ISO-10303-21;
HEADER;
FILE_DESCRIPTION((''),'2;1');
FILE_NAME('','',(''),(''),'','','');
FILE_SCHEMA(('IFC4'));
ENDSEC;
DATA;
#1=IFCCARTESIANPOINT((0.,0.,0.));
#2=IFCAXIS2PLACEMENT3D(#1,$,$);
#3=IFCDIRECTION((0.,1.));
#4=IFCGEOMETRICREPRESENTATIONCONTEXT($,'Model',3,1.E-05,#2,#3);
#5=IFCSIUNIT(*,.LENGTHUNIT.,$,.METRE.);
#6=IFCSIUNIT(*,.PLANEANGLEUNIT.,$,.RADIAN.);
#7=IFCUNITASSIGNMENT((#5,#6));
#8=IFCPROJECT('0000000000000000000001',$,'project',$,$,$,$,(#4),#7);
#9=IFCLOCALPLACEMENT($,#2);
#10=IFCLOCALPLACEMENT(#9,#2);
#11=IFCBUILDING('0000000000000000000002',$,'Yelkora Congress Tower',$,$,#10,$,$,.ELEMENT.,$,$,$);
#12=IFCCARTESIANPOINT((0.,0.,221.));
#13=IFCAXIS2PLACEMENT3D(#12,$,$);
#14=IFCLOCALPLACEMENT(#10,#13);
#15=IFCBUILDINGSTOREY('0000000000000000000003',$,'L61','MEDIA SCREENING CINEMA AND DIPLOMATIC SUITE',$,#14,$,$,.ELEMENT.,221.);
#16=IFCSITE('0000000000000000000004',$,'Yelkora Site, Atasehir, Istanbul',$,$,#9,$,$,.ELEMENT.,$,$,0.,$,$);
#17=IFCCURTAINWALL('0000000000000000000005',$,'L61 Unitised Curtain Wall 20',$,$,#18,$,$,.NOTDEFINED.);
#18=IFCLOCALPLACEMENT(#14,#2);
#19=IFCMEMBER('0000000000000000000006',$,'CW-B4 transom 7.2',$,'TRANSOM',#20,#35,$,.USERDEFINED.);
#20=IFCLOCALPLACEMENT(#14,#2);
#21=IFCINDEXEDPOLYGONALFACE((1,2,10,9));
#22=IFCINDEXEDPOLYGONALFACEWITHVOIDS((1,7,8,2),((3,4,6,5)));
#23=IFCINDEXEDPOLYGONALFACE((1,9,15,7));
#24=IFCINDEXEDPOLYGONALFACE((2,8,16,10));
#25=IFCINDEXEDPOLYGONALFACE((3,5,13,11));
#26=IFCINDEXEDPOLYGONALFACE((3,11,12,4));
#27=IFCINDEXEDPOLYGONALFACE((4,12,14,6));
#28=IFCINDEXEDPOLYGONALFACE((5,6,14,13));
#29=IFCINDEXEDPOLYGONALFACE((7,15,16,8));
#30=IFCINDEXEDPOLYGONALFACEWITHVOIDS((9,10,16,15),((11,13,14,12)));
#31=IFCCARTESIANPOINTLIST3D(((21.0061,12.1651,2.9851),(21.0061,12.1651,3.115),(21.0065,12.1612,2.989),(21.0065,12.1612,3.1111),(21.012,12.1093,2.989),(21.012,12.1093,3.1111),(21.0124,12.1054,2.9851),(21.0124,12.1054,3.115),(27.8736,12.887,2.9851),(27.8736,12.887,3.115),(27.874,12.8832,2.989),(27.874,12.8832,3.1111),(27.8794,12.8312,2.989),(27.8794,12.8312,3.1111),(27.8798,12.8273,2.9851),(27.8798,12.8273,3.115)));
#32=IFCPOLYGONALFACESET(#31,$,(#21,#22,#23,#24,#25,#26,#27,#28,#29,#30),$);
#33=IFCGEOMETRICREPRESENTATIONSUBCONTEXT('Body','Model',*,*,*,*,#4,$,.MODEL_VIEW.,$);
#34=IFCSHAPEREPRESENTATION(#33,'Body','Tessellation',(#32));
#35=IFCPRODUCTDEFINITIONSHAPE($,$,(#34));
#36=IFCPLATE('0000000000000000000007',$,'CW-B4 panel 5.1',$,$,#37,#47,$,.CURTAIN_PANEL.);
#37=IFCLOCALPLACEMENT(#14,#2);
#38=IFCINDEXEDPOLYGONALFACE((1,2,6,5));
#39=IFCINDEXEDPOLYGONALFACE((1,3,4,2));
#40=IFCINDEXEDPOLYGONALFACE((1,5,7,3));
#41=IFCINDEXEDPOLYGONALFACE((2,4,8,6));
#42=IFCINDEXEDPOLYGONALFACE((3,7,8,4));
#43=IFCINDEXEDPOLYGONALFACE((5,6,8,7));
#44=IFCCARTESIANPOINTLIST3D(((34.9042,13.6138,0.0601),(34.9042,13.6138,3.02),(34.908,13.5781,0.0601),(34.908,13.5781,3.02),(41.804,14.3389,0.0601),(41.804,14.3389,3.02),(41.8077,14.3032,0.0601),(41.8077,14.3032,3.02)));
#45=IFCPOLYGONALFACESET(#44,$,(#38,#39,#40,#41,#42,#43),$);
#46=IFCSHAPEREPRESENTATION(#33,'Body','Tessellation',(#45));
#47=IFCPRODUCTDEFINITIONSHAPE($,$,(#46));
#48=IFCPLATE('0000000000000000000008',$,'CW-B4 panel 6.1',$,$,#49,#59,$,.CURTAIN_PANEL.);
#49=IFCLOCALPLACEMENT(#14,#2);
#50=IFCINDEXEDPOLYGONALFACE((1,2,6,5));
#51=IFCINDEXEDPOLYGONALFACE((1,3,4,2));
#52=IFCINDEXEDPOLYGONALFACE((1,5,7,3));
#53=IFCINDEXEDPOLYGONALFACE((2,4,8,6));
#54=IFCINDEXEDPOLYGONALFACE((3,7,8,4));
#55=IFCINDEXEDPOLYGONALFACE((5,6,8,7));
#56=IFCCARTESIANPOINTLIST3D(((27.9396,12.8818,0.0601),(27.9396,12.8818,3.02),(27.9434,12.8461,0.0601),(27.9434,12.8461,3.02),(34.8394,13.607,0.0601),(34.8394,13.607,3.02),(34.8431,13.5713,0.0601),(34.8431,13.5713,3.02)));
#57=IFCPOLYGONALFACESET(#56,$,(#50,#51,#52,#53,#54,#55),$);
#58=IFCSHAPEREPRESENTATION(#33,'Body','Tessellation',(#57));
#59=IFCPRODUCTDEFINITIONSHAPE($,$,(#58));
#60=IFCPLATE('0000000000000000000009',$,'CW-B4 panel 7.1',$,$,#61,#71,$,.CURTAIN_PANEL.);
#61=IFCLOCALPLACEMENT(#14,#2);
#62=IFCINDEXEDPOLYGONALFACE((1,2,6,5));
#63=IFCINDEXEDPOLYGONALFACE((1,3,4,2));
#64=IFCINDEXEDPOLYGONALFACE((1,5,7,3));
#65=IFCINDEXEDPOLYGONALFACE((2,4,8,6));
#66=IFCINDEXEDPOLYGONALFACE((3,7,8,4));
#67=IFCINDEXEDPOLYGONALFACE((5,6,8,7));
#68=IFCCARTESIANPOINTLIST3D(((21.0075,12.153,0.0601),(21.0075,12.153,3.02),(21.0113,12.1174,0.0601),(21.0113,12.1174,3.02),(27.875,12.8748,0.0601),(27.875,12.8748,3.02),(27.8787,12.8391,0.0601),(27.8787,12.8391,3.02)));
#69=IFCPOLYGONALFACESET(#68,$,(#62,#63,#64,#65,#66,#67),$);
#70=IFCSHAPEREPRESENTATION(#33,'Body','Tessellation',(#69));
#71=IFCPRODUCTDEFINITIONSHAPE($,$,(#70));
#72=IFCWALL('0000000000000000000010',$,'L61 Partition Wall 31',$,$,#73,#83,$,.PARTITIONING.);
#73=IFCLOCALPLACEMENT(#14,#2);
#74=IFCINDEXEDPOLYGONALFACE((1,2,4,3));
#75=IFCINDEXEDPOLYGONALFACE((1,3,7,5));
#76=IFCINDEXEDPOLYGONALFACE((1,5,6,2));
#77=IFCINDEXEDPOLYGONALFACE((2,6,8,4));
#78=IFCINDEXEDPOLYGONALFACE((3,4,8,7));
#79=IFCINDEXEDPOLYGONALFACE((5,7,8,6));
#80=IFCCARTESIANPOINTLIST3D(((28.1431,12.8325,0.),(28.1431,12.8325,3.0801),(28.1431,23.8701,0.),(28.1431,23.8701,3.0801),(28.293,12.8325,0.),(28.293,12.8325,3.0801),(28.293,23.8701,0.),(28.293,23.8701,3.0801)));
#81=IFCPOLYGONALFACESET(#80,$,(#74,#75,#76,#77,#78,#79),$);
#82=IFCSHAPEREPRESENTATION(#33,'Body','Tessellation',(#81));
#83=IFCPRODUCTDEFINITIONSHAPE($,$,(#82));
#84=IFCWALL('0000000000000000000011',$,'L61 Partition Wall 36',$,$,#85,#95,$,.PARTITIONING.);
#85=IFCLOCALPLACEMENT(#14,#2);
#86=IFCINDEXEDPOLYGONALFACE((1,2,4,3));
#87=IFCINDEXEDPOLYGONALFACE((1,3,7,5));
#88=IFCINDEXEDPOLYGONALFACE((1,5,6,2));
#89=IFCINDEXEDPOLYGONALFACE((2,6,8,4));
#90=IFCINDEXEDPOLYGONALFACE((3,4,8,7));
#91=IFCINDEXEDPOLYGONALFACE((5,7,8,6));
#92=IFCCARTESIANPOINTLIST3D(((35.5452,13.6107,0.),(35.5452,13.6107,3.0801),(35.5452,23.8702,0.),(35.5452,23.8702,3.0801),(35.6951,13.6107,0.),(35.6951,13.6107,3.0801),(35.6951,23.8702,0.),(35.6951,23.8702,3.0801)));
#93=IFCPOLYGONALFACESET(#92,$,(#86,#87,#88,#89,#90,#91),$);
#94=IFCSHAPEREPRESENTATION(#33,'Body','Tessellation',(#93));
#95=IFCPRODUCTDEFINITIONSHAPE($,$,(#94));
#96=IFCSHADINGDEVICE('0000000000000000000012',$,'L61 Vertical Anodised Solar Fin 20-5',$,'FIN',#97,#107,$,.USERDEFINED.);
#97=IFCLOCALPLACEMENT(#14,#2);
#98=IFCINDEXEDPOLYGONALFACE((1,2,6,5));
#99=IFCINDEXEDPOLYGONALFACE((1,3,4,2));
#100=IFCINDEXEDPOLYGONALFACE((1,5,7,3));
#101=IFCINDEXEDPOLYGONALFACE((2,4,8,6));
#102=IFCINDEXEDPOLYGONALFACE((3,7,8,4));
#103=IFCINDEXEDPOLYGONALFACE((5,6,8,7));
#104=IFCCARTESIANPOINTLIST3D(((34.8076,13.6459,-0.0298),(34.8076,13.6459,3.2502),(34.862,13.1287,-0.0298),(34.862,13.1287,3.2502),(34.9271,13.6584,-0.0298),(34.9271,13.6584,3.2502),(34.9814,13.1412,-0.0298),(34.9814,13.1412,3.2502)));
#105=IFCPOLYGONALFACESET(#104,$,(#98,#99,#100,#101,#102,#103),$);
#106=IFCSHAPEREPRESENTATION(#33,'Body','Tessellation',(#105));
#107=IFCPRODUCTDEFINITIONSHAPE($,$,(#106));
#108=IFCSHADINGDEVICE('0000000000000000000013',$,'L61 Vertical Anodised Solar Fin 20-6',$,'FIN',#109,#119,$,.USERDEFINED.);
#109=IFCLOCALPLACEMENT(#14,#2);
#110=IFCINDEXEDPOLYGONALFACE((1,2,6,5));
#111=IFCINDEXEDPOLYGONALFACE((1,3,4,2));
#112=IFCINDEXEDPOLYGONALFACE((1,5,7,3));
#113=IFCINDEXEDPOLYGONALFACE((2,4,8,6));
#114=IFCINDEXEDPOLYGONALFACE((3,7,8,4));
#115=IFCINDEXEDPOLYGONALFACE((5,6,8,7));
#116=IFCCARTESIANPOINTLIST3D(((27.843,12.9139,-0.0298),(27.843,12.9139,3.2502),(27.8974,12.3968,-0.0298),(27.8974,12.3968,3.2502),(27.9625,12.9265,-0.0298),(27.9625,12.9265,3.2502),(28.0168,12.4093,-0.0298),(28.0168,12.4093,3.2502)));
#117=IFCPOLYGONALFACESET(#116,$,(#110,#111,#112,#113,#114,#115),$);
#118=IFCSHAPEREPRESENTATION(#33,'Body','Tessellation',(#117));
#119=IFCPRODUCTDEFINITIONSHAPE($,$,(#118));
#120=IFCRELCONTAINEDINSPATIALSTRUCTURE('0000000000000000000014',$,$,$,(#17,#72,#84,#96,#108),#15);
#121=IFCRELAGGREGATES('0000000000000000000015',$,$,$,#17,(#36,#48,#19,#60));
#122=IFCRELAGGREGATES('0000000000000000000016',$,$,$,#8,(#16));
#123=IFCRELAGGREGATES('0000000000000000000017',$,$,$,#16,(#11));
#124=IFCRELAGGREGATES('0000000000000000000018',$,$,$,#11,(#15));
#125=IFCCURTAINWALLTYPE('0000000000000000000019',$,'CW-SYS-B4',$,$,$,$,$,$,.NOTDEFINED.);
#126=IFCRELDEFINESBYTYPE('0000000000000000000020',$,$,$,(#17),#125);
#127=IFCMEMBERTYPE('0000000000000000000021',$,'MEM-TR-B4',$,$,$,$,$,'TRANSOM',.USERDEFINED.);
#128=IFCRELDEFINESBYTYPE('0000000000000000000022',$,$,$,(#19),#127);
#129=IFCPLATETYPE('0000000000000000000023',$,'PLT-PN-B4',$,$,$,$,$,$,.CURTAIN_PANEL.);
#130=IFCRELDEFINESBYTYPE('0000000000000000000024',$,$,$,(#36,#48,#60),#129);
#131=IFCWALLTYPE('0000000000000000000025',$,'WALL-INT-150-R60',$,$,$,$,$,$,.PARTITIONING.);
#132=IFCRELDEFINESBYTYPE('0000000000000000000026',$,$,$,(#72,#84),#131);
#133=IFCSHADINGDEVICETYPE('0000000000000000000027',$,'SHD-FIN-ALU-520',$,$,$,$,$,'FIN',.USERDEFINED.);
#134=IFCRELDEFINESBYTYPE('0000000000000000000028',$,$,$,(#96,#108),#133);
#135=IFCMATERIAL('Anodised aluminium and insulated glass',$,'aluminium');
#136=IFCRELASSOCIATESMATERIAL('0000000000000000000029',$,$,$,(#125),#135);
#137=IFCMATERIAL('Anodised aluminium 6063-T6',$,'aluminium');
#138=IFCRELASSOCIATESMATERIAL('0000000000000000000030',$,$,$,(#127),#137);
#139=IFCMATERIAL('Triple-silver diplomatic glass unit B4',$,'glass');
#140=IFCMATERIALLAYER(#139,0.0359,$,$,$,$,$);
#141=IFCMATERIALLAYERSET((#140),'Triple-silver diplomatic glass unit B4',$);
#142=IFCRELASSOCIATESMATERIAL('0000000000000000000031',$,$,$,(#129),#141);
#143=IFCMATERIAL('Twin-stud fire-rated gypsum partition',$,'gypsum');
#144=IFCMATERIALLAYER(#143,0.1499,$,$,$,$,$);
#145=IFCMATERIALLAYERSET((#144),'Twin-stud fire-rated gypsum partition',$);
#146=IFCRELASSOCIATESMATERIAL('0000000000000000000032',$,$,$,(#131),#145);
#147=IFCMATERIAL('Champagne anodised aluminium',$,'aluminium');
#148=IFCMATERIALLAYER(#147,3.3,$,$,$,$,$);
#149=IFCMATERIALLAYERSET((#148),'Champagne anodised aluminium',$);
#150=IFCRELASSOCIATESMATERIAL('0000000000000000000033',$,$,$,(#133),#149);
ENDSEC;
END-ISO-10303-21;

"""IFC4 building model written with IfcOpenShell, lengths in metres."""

from ifc_helpers import new_model, si_unit, direction, frame, frame_2d, origin, origin_2d, place, context, subcontext, project, spatial, rectangle, hollow_rectangle, extrude, material, layer, layer_set, material_profile, profile_set, type_object, element, aggregate, save


model = new_model("IFC4")

# Units and contexts
model_context = context("Model", 3, precision=1e-05, world=origin(), true_north=direction((0.0, 1.0)))
body_context = subcontext(model_context, "Body", "Model", "MODEL_VIEW")
ifc_project = project(units=[si_unit("LENGTHUNIT", "METRE"), si_unit("PLANEANGLEUNIT", "RADIAN")], contexts=[model_context])

# Site, building, storey
site_placement = place(None, origin())
site = spatial("IfcSite", under=ifc_project, at=site_placement, Name="Yelkora Site, Atasehir, Istanbul", CompositionType="ELEMENT", RefElevation=0.0)
building_placement = place(site_placement, origin())
building = spatial("IfcBuilding", under=site, at=building_placement, Name="Yelkora Congress Tower", CompositionType="ELEMENT")
storey_placement = place(building_placement, frame((0.0, 0.0, 221.0)))
storey = spatial("IfcBuildingStorey", under=building, at=storey_placement, Name="L61", Description="MEDIA SCREENING CINEMA AND DIPLOMATIC SUITE", CompositionType="ELEMENT", Elevation=221.0)

# Curtain wall, member, plates
ifc_material_1 = material(Name="Anodised aluminium and insulated glass", Category="aluminium")
curtain_wall_type = type_object("IfcCurtainWallType", Name="CW-SYS-B4", PredefinedType="NOTDEFINED", material=ifc_material_1)
curtain_wall_placement = place(storey_placement, origin())
curtain_wall = element("IfcCurtainWall", 1, at=curtain_wall_placement, inside=storey, type_object=curtain_wall_type, Name="L61 Unitised Curtain Wall 20", PredefinedType="NOTDEFINED")
ifc_material_2 = material(Name="Anodised aluminium 6063-T6", Category="aluminium")
ifc_material_profile_1 = material_profile(ifc_material_2, hollow_rectangle(XDim=0.0601, YDim=0.1299, WallThickness=0.0039, at=origin_2d()), Name="ALU 60x130x4")
ifc_profile_set_1 = profile_set([ifc_material_profile_1], Name="Anodised aluminium 6063-T6")
member_type_1 = type_object("IfcMemberType", Name="MEM-TR-B4", ElementType="TRANSOM", PredefinedType="USERDEFINED", material=ifc_profile_set_1)
member_1_placement = place(storey_placement, frame((27.8767, 12.8572, 3.05), z_axis=(-0.99452, -0.104547, 0.0), x_axis=(0.104547, -0.99452, 0.0)))
member_1 = element("IfcMember", 2, at=member_1_placement, type_object=member_type_1, Name="CW-B4 transom 7.2", ObjectType="TRANSOM", PredefinedType="USERDEFINED", context=body_context, shape_type="SweptSolid", body=[
    extrude(hollow_rectangle(XDim=0.0601, YDim=0.1299, WallThickness=0.0039, at=origin_2d()), origin(), (0.0, 0.0, 1.0), 6.9053),
])
ifc_material_3 = material(Name="Triple-silver diplomatic glass unit B4", Category="glass")
ifc_layer_1 = layer(ifc_material_3, 0.0359)
ifc_layer_set_1 = layer_set([ifc_layer_1], Name="Triple-silver diplomatic glass unit B4")
plate_type = type_object("IfcPlateType", Name="PLT-PN-B4", PredefinedType="CURTAIN_PANEL", material=ifc_layer_set_1)
plate_1_placement = place(storey_placement, frame((38.356, 13.9585, 0.0601), z_axis=(0.0, 0.0, 1.0), x_axis=(-0.994522, -0.104527, 0.0)))
plate_1 = element("IfcPlate", 3, at=plate_1_placement, type_object=plate_type, Name="CW-B4 panel 5.1", PredefinedType="CURTAIN_PANEL", context=body_context, shape_type="SweptSolid", body=[
    extrude(rectangle(XDim=6.9377, YDim=0.0359, at=origin_2d()), origin(), (0.0, 0.0, 1.0), 2.96),
])
plate_2_placement = place(storey_placement, frame((31.3914, 13.2266, 0.0601), z_axis=(0.0, 0.0, 1.0), x_axis=(-0.994522, -0.104527, 0.0)))
plate_2 = element("IfcPlate", 4, at=plate_2_placement, type_object=plate_type, Name="CW-B4 panel 6.1", PredefinedType="CURTAIN_PANEL", context=body_context, shape_type="SweptSolid", body=[
    extrude(rectangle(XDim=6.9377, YDim=0.0359, at=origin_2d()), origin(), (0.0, 0.0, 1.0), 2.96),
])
plate_3_placement = place(storey_placement, frame((24.4431, 12.4961, 0.0601), z_axis=(0.0, 0.0, 1.0), x_axis=(-0.994522, -0.104527, 0.0)))
plate_3 = element("IfcPlate", 5, at=plate_3_placement, type_object=plate_type, Name="CW-B4 panel 7.1", PredefinedType="CURTAIN_PANEL", context=body_context, shape_type="SweptSolid", body=[
    extrude(rectangle(XDim=6.9053, YDim=0.0359, at=origin_2d()), origin(), (0.0, 0.0, 1.0), 2.96),
])
aggregate(curtain_wall, [plate_1, plate_2, member_1, plate_3])

# Walls
ifc_material_4 = material(Name="Twin-stud fire-rated gypsum partition", Category="gypsum")
ifc_layer_2 = layer(ifc_material_4, 0.1499)
ifc_layer_set_2 = layer_set([ifc_layer_2], Name="Twin-stud fire-rated gypsum partition")
wall_type = type_object("IfcWallType", Name="WALL-INT-150-R60", PredefinedType="PARTITIONING", material=ifc_layer_set_2)
wall_1_placement = place(storey_placement, frame((28.218, 12.8325, 0.0), z_axis=(0.0, 0.0, 1.0), x_axis=(0.0, 1.0, 0.0)))
element("IfcWall", 6, at=wall_1_placement, inside=storey, type_object=wall_type, Name="L61 Partition Wall 31", PredefinedType="PARTITIONING", context=body_context, shape_type="SweptSolid", body=[
    extrude(rectangle(XDim=11.0376, YDim=0.1499, at=frame_2d((5.5188, 0.0))), origin(), (0.0, 0.0, 1.0), 3.0801),
])
wall_2_placement = place(storey_placement, frame((35.6201, 13.6106, 0.0), z_axis=(0.0, 0.0, 1.0), x_axis=(0.0, 1.0, 0.0)))
element("IfcWall", 7, at=wall_2_placement, inside=storey, type_object=wall_type, Name="L61 Partition Wall 36", PredefinedType="PARTITIONING", context=body_context, shape_type="SweptSolid", body=[
    extrude(rectangle(XDim=10.2595, YDim=0.1499, at=frame_2d((5.1299, 0.0))), origin(), (0.0, 0.0, 1.0), 3.0801),
])

# Shading devices
ifc_material_5 = material(Name="Champagne anodised aluminium", Category="aluminium")
ifc_layer_3 = layer(ifc_material_5, 3.3)
ifc_layer_set_3 = layer_set([ifc_layer_3], Name="Champagne anodised aluminium")
shading_device_type = type_object("IfcShadingDeviceType", Name="SHD-FIN-ALU-520", ElementType="FIN", PredefinedType="USERDEFINED", material=ifc_layer_set_3)
for number, where, z_axis, x_axis, name in (
    (8, (34.8945, 13.3936, -0.0298), (0.0, 0.0, 1.0), (-0.994522, -0.104528, 0.0), "L61 Vertical Anodised Solar Fin 20-5"),
    (9, (27.9299, 12.6616, -0.0298), (0.0, 0.0, 1.0), (-0.994522, -0.104528, 0.0), "L61 Vertical Anodised Solar Fin 20-6"),
):
    element("IfcShadingDevice", number, at=place(storey_placement, frame(where, z_axis=z_axis, x_axis=x_axis)), inside=storey, type_object=shading_device_type, Name=name, ObjectType="FIN", PredefinedType="USERDEFINED", context=body_context, shape_type="SweptSolid", body=[
        extrude(rectangle(XDim=0.1201, YDim=0.52, at=origin_2d()), origin(), (0.0, 0.0, 1.0), 3.28),
    ])

save(model, "model.ifc")
